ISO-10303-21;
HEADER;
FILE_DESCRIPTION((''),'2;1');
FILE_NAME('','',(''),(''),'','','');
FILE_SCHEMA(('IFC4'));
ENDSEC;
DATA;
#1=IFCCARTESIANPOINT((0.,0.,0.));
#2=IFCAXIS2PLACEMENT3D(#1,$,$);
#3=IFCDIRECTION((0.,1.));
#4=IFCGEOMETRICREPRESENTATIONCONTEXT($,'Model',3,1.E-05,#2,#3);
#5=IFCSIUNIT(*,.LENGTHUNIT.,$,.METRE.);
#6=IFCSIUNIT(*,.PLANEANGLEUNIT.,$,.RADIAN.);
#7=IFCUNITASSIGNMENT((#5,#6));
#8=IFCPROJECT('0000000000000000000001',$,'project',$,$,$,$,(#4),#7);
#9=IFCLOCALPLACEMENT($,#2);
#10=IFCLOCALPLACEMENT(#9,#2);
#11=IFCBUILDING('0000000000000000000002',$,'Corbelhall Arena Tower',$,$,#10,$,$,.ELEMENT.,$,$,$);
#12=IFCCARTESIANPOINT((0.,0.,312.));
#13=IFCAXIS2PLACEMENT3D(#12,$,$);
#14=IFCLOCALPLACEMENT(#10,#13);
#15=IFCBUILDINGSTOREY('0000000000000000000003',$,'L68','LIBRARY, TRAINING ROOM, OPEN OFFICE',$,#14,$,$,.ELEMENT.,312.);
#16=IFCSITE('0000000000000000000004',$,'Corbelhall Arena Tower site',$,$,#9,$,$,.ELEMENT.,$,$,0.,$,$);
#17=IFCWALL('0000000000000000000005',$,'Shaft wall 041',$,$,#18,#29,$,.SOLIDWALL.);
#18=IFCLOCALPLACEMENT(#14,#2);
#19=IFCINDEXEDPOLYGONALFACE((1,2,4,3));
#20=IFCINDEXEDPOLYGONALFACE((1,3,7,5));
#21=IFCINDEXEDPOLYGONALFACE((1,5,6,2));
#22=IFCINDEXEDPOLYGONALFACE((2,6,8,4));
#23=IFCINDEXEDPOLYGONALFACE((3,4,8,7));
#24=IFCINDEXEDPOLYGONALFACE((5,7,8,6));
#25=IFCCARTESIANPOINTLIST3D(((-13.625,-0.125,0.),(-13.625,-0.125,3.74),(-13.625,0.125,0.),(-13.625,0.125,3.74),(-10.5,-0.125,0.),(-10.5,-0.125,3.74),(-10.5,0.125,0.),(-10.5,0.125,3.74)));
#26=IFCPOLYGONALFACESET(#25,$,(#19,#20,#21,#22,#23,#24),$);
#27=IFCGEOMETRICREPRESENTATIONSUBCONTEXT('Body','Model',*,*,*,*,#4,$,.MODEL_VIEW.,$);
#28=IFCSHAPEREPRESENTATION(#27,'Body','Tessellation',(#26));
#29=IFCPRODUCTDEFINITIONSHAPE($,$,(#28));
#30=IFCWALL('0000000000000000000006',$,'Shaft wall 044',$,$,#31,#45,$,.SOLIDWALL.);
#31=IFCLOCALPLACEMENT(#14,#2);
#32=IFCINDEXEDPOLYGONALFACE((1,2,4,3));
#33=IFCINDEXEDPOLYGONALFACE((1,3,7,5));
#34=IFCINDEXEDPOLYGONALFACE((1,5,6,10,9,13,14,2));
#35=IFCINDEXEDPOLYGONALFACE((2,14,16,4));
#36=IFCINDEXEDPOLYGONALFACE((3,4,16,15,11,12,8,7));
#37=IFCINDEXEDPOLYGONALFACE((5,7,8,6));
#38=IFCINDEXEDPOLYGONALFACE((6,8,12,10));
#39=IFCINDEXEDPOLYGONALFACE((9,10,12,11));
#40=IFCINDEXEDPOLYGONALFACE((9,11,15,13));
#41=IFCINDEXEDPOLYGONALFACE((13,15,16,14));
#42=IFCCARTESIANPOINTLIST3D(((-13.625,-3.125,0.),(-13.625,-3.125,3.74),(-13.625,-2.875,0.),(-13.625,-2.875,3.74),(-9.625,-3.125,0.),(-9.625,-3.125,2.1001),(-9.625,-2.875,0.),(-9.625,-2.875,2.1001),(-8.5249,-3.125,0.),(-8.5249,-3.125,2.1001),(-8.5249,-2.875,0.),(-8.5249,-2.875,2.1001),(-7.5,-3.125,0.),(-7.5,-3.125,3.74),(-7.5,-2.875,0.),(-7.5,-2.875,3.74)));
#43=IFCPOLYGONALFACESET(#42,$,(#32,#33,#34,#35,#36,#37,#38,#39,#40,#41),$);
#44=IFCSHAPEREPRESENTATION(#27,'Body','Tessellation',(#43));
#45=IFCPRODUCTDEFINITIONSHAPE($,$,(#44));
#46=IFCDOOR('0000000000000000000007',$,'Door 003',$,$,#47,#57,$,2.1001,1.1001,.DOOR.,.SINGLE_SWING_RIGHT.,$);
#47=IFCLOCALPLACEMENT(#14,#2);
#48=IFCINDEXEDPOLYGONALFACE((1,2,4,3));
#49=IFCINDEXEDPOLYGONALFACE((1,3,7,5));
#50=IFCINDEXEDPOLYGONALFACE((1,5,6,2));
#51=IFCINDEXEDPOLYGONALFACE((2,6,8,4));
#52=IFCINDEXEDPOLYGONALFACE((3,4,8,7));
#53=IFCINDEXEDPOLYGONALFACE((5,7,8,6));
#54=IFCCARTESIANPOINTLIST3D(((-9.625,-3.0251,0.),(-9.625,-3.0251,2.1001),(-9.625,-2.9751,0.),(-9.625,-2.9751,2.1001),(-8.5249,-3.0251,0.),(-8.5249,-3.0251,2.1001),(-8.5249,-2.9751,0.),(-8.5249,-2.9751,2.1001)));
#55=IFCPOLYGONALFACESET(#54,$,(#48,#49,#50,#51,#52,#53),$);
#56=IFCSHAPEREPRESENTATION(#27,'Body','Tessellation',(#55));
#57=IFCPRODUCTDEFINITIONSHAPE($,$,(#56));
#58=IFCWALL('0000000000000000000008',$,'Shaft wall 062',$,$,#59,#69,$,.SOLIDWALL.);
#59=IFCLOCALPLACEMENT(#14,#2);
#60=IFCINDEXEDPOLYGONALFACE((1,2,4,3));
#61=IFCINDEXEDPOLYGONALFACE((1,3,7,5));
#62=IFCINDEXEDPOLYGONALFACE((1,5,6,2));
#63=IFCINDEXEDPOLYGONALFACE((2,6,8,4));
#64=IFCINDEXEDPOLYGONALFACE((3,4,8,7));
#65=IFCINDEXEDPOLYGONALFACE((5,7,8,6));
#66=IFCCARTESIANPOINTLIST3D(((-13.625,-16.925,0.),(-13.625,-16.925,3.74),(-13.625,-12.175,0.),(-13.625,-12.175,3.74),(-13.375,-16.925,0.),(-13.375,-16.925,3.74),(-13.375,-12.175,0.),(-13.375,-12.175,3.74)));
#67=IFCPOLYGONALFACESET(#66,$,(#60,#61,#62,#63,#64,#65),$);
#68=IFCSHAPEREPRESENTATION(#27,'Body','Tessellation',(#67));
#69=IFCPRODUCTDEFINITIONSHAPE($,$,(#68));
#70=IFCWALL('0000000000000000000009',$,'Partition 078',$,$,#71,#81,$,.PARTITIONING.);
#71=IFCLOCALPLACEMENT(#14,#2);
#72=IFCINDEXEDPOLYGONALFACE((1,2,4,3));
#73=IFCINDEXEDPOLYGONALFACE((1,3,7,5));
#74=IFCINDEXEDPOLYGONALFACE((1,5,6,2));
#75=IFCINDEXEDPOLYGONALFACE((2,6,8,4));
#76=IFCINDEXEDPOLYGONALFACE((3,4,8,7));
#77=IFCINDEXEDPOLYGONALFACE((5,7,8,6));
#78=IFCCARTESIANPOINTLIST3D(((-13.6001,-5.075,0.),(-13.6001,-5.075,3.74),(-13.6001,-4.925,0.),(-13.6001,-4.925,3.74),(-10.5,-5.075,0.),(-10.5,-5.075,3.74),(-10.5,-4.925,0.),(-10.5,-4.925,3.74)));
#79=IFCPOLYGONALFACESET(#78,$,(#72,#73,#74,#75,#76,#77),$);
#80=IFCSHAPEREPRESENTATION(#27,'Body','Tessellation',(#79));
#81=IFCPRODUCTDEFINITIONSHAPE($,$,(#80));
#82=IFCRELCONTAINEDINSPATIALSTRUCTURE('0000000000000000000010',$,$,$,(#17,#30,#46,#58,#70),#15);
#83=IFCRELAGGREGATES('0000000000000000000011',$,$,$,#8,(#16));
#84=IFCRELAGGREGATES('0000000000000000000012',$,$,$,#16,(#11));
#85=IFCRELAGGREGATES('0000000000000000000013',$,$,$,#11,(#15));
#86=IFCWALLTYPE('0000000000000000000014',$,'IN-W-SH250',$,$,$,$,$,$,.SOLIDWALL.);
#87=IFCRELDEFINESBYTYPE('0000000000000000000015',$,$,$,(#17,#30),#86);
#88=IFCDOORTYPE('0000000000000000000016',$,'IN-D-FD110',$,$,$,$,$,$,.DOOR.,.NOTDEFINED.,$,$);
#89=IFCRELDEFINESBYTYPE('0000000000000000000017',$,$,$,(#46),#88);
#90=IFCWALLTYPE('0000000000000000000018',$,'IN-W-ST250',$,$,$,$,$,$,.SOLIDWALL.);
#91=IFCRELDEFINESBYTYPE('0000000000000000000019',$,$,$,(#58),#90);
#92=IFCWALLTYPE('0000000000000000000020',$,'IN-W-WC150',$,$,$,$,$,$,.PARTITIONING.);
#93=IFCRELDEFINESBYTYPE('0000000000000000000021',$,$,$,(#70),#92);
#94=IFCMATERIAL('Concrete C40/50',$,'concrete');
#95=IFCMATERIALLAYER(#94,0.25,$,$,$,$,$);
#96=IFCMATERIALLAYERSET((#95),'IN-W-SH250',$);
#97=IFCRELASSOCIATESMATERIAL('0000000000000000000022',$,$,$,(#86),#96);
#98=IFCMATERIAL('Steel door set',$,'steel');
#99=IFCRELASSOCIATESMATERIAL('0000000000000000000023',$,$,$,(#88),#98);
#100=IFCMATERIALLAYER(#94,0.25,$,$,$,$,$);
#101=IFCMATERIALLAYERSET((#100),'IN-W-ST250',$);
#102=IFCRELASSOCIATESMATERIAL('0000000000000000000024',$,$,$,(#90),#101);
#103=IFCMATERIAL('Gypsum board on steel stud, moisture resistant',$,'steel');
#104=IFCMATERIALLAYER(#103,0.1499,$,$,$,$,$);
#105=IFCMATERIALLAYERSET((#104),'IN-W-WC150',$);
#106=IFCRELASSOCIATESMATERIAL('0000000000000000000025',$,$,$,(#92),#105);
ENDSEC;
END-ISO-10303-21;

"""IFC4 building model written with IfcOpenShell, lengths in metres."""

from ifc_helpers import new_model, si_unit, direction, frame, frame_2d, origin, place, context, subcontext, project, spatial, rectangle, extrude, material, layer, layer_set, type_object, element, fill, save


model = new_model("IFC4")

# Units and contexts
model_context = context("Model", 3, precision=1e-05, world=origin(), true_north=direction((0.0, 1.0)))
body_context = subcontext(model_context, "Body", "Model", "MODEL_VIEW")
ifc_project = project(units=[si_unit("LENGTHUNIT", "METRE"), si_unit("PLANEANGLEUNIT", "RADIAN")], contexts=[model_context])

# Site, building, storey
site_placement = place(None, origin())
site = spatial("IfcSite", under=ifc_project, at=site_placement, Name="Corbelhall Arena Tower site", CompositionType="ELEMENT", RefElevation=0.0)
building_placement = place(site_placement, origin())
building = spatial("IfcBuilding", under=site, at=building_placement, Name="Corbelhall Arena Tower", CompositionType="ELEMENT")
storey_placement = place(building_placement, frame((0.0, 0.0, 312.0)))
storey = spatial("IfcBuildingStorey", under=building, at=storey_placement, Name="L68", Description="LIBRARY, TRAINING ROOM, OPEN OFFICE", CompositionType="ELEMENT", Elevation=312.0)

# Shared definitions
ifc_material_1 = material(Name="Steel door set", Category="steel")

# Wall
ifc_material_2 = material(Name="Concrete C40/50", Category="concrete")
ifc_layer_1 = layer(ifc_material_2, 0.25)
ifc_layer_set_1 = layer_set([ifc_layer_1], Name="IN-W-SH250")
wall_type_1 = type_object("IfcWallType", Name="IN-W-SH250", PredefinedType="SOLIDWALL", material=ifc_layer_set_1)
wall_1_placement = place(storey_placement, frame((-13.625, 0.0, 0.0), z_axis=(0.0, 0.0, 1.0), x_axis=(1.0, 0.0, 0.0)))
element("IfcWall", 1, at=wall_1_placement, inside=storey, type_object=wall_type_1, Name="Shaft wall 041", PredefinedType="SOLIDWALL", context=body_context, shape_type="SweptSolid", body=[
    extrude(rectangle(XDim=3.125, YDim=0.25, at=frame_2d((1.5625, 0.0))), origin(), (0.0, 0.0, 1.0), 3.74),
])

# Wall, opening, door
wall_2_placement = place(storey_placement, frame((-13.625, -3.0, 0.0), z_axis=(0.0, 0.0, 1.0), x_axis=(1.0, 0.0, 0.0)))
wall_2 = element("IfcWall", 2, at=wall_2_placement, inside=storey, type_object=wall_type_1, Name="Shaft wall 044", PredefinedType="SOLIDWALL", context=body_context, shape_type="SweptSolid", body=[
    extrude(rectangle(XDim=6.125, YDim=0.25, at=frame_2d((3.0625, 0.0))), origin(), (0.0, 0.0, 1.0), 3.74),
])
opening_1_placement = place(wall_2_placement, frame((4.0, 0.0, 0.0)))
opening_1 = element("IfcOpeningElement", 3, at=opening_1_placement, cuts=wall_2, PredefinedType="OPENING", context=body_context, shape_type="SweptSolid", body=[
    extrude(rectangle(XDim=1.1001, YDim=2.1001, at=frame_2d((0.55, 1.05))), frame((0.0, 0.125, 0.0), z_axis=(0.0, -1.0, 0.0), x_axis=(1.0, 0.0, 0.0)), (0.0, 0.0, 1.0), 0.25),
])
door_type_1 = type_object("IfcDoorType", Name="IN-D-FD110", OperationType="NOTDEFINED", PredefinedType="DOOR", material=ifc_material_1)
door_1_placement = place(opening_1_placement, origin())
door_1 = element("IfcDoor", 4, at=door_1_placement, inside=storey, type_object=door_type_1, Name="Door 003", OperationType="SINGLE_SWING_RIGHT", OverallHeight=2.1001, OverallWidth=1.1001, PredefinedType="DOOR", context=body_context, shape_type="SweptSolid", body=[
    extrude(rectangle(XDim=1.1001, YDim=2.1001, at=frame_2d((0.55, 1.05))), frame((0.0, 0.0249, 0.0), z_axis=(0.0, -1.0, 0.0), x_axis=(1.0, 0.0, 0.0)), (0.0, 0.0, 1.0), 0.05),
])
fill(opening_1, door_1)

# Walls
ifc_layer_2 = layer(ifc_material_2, 0.25)
ifc_layer_set_2 = layer_set([ifc_layer_2], Name="IN-W-ST250")
wall_type_2 = type_object("IfcWallType", Name="IN-W-ST250", PredefinedType="SOLIDWALL", material=ifc_layer_set_2)
wall_3_placement = place(storey_placement, frame((-13.5, -12.175, 0.0), z_axis=(0.0, 0.0, 1.0), x_axis=(0.0, -1.0, 0.0)))
element("IfcWall", 5, at=wall_3_placement, inside=storey, type_object=wall_type_2, Name="Shaft wall 062", PredefinedType="SOLIDWALL", context=body_context, shape_type="SweptSolid", body=[
    extrude(rectangle(XDim=4.75, YDim=0.25, at=frame_2d((2.375, 0.0))), origin(), (0.0, 0.0, 1.0), 3.74),
])
ifc_material_3 = material(Name="Gypsum board on steel stud, moisture resistant", Category="steel")
ifc_layer_3 = layer(ifc_material_3, 0.1499)
ifc_layer_set_3 = layer_set([ifc_layer_3], Name="IN-W-WC150")
wall_type_3 = type_object("IfcWallType", Name="IN-W-WC150", PredefinedType="PARTITIONING", material=ifc_layer_set_3)
wall_4_placement = place(storey_placement, frame((-13.6001, -5.0, 0.0), z_axis=(0.0, 0.0, 1.0), x_axis=(1.0, 0.0, 0.0)))
element("IfcWall", 6, at=wall_4_placement, inside=storey, type_object=wall_type_3, Name="Partition 078", PredefinedType="PARTITIONING", context=body_context, shape_type="SweptSolid", body=[
    extrude(rectangle(XDim=3.1001, YDim=0.1499, at=frame_2d((1.55, 0.0))), origin(), (0.0, 0.0, 1.0), 3.74),
])

save(model, "model.ifc")
